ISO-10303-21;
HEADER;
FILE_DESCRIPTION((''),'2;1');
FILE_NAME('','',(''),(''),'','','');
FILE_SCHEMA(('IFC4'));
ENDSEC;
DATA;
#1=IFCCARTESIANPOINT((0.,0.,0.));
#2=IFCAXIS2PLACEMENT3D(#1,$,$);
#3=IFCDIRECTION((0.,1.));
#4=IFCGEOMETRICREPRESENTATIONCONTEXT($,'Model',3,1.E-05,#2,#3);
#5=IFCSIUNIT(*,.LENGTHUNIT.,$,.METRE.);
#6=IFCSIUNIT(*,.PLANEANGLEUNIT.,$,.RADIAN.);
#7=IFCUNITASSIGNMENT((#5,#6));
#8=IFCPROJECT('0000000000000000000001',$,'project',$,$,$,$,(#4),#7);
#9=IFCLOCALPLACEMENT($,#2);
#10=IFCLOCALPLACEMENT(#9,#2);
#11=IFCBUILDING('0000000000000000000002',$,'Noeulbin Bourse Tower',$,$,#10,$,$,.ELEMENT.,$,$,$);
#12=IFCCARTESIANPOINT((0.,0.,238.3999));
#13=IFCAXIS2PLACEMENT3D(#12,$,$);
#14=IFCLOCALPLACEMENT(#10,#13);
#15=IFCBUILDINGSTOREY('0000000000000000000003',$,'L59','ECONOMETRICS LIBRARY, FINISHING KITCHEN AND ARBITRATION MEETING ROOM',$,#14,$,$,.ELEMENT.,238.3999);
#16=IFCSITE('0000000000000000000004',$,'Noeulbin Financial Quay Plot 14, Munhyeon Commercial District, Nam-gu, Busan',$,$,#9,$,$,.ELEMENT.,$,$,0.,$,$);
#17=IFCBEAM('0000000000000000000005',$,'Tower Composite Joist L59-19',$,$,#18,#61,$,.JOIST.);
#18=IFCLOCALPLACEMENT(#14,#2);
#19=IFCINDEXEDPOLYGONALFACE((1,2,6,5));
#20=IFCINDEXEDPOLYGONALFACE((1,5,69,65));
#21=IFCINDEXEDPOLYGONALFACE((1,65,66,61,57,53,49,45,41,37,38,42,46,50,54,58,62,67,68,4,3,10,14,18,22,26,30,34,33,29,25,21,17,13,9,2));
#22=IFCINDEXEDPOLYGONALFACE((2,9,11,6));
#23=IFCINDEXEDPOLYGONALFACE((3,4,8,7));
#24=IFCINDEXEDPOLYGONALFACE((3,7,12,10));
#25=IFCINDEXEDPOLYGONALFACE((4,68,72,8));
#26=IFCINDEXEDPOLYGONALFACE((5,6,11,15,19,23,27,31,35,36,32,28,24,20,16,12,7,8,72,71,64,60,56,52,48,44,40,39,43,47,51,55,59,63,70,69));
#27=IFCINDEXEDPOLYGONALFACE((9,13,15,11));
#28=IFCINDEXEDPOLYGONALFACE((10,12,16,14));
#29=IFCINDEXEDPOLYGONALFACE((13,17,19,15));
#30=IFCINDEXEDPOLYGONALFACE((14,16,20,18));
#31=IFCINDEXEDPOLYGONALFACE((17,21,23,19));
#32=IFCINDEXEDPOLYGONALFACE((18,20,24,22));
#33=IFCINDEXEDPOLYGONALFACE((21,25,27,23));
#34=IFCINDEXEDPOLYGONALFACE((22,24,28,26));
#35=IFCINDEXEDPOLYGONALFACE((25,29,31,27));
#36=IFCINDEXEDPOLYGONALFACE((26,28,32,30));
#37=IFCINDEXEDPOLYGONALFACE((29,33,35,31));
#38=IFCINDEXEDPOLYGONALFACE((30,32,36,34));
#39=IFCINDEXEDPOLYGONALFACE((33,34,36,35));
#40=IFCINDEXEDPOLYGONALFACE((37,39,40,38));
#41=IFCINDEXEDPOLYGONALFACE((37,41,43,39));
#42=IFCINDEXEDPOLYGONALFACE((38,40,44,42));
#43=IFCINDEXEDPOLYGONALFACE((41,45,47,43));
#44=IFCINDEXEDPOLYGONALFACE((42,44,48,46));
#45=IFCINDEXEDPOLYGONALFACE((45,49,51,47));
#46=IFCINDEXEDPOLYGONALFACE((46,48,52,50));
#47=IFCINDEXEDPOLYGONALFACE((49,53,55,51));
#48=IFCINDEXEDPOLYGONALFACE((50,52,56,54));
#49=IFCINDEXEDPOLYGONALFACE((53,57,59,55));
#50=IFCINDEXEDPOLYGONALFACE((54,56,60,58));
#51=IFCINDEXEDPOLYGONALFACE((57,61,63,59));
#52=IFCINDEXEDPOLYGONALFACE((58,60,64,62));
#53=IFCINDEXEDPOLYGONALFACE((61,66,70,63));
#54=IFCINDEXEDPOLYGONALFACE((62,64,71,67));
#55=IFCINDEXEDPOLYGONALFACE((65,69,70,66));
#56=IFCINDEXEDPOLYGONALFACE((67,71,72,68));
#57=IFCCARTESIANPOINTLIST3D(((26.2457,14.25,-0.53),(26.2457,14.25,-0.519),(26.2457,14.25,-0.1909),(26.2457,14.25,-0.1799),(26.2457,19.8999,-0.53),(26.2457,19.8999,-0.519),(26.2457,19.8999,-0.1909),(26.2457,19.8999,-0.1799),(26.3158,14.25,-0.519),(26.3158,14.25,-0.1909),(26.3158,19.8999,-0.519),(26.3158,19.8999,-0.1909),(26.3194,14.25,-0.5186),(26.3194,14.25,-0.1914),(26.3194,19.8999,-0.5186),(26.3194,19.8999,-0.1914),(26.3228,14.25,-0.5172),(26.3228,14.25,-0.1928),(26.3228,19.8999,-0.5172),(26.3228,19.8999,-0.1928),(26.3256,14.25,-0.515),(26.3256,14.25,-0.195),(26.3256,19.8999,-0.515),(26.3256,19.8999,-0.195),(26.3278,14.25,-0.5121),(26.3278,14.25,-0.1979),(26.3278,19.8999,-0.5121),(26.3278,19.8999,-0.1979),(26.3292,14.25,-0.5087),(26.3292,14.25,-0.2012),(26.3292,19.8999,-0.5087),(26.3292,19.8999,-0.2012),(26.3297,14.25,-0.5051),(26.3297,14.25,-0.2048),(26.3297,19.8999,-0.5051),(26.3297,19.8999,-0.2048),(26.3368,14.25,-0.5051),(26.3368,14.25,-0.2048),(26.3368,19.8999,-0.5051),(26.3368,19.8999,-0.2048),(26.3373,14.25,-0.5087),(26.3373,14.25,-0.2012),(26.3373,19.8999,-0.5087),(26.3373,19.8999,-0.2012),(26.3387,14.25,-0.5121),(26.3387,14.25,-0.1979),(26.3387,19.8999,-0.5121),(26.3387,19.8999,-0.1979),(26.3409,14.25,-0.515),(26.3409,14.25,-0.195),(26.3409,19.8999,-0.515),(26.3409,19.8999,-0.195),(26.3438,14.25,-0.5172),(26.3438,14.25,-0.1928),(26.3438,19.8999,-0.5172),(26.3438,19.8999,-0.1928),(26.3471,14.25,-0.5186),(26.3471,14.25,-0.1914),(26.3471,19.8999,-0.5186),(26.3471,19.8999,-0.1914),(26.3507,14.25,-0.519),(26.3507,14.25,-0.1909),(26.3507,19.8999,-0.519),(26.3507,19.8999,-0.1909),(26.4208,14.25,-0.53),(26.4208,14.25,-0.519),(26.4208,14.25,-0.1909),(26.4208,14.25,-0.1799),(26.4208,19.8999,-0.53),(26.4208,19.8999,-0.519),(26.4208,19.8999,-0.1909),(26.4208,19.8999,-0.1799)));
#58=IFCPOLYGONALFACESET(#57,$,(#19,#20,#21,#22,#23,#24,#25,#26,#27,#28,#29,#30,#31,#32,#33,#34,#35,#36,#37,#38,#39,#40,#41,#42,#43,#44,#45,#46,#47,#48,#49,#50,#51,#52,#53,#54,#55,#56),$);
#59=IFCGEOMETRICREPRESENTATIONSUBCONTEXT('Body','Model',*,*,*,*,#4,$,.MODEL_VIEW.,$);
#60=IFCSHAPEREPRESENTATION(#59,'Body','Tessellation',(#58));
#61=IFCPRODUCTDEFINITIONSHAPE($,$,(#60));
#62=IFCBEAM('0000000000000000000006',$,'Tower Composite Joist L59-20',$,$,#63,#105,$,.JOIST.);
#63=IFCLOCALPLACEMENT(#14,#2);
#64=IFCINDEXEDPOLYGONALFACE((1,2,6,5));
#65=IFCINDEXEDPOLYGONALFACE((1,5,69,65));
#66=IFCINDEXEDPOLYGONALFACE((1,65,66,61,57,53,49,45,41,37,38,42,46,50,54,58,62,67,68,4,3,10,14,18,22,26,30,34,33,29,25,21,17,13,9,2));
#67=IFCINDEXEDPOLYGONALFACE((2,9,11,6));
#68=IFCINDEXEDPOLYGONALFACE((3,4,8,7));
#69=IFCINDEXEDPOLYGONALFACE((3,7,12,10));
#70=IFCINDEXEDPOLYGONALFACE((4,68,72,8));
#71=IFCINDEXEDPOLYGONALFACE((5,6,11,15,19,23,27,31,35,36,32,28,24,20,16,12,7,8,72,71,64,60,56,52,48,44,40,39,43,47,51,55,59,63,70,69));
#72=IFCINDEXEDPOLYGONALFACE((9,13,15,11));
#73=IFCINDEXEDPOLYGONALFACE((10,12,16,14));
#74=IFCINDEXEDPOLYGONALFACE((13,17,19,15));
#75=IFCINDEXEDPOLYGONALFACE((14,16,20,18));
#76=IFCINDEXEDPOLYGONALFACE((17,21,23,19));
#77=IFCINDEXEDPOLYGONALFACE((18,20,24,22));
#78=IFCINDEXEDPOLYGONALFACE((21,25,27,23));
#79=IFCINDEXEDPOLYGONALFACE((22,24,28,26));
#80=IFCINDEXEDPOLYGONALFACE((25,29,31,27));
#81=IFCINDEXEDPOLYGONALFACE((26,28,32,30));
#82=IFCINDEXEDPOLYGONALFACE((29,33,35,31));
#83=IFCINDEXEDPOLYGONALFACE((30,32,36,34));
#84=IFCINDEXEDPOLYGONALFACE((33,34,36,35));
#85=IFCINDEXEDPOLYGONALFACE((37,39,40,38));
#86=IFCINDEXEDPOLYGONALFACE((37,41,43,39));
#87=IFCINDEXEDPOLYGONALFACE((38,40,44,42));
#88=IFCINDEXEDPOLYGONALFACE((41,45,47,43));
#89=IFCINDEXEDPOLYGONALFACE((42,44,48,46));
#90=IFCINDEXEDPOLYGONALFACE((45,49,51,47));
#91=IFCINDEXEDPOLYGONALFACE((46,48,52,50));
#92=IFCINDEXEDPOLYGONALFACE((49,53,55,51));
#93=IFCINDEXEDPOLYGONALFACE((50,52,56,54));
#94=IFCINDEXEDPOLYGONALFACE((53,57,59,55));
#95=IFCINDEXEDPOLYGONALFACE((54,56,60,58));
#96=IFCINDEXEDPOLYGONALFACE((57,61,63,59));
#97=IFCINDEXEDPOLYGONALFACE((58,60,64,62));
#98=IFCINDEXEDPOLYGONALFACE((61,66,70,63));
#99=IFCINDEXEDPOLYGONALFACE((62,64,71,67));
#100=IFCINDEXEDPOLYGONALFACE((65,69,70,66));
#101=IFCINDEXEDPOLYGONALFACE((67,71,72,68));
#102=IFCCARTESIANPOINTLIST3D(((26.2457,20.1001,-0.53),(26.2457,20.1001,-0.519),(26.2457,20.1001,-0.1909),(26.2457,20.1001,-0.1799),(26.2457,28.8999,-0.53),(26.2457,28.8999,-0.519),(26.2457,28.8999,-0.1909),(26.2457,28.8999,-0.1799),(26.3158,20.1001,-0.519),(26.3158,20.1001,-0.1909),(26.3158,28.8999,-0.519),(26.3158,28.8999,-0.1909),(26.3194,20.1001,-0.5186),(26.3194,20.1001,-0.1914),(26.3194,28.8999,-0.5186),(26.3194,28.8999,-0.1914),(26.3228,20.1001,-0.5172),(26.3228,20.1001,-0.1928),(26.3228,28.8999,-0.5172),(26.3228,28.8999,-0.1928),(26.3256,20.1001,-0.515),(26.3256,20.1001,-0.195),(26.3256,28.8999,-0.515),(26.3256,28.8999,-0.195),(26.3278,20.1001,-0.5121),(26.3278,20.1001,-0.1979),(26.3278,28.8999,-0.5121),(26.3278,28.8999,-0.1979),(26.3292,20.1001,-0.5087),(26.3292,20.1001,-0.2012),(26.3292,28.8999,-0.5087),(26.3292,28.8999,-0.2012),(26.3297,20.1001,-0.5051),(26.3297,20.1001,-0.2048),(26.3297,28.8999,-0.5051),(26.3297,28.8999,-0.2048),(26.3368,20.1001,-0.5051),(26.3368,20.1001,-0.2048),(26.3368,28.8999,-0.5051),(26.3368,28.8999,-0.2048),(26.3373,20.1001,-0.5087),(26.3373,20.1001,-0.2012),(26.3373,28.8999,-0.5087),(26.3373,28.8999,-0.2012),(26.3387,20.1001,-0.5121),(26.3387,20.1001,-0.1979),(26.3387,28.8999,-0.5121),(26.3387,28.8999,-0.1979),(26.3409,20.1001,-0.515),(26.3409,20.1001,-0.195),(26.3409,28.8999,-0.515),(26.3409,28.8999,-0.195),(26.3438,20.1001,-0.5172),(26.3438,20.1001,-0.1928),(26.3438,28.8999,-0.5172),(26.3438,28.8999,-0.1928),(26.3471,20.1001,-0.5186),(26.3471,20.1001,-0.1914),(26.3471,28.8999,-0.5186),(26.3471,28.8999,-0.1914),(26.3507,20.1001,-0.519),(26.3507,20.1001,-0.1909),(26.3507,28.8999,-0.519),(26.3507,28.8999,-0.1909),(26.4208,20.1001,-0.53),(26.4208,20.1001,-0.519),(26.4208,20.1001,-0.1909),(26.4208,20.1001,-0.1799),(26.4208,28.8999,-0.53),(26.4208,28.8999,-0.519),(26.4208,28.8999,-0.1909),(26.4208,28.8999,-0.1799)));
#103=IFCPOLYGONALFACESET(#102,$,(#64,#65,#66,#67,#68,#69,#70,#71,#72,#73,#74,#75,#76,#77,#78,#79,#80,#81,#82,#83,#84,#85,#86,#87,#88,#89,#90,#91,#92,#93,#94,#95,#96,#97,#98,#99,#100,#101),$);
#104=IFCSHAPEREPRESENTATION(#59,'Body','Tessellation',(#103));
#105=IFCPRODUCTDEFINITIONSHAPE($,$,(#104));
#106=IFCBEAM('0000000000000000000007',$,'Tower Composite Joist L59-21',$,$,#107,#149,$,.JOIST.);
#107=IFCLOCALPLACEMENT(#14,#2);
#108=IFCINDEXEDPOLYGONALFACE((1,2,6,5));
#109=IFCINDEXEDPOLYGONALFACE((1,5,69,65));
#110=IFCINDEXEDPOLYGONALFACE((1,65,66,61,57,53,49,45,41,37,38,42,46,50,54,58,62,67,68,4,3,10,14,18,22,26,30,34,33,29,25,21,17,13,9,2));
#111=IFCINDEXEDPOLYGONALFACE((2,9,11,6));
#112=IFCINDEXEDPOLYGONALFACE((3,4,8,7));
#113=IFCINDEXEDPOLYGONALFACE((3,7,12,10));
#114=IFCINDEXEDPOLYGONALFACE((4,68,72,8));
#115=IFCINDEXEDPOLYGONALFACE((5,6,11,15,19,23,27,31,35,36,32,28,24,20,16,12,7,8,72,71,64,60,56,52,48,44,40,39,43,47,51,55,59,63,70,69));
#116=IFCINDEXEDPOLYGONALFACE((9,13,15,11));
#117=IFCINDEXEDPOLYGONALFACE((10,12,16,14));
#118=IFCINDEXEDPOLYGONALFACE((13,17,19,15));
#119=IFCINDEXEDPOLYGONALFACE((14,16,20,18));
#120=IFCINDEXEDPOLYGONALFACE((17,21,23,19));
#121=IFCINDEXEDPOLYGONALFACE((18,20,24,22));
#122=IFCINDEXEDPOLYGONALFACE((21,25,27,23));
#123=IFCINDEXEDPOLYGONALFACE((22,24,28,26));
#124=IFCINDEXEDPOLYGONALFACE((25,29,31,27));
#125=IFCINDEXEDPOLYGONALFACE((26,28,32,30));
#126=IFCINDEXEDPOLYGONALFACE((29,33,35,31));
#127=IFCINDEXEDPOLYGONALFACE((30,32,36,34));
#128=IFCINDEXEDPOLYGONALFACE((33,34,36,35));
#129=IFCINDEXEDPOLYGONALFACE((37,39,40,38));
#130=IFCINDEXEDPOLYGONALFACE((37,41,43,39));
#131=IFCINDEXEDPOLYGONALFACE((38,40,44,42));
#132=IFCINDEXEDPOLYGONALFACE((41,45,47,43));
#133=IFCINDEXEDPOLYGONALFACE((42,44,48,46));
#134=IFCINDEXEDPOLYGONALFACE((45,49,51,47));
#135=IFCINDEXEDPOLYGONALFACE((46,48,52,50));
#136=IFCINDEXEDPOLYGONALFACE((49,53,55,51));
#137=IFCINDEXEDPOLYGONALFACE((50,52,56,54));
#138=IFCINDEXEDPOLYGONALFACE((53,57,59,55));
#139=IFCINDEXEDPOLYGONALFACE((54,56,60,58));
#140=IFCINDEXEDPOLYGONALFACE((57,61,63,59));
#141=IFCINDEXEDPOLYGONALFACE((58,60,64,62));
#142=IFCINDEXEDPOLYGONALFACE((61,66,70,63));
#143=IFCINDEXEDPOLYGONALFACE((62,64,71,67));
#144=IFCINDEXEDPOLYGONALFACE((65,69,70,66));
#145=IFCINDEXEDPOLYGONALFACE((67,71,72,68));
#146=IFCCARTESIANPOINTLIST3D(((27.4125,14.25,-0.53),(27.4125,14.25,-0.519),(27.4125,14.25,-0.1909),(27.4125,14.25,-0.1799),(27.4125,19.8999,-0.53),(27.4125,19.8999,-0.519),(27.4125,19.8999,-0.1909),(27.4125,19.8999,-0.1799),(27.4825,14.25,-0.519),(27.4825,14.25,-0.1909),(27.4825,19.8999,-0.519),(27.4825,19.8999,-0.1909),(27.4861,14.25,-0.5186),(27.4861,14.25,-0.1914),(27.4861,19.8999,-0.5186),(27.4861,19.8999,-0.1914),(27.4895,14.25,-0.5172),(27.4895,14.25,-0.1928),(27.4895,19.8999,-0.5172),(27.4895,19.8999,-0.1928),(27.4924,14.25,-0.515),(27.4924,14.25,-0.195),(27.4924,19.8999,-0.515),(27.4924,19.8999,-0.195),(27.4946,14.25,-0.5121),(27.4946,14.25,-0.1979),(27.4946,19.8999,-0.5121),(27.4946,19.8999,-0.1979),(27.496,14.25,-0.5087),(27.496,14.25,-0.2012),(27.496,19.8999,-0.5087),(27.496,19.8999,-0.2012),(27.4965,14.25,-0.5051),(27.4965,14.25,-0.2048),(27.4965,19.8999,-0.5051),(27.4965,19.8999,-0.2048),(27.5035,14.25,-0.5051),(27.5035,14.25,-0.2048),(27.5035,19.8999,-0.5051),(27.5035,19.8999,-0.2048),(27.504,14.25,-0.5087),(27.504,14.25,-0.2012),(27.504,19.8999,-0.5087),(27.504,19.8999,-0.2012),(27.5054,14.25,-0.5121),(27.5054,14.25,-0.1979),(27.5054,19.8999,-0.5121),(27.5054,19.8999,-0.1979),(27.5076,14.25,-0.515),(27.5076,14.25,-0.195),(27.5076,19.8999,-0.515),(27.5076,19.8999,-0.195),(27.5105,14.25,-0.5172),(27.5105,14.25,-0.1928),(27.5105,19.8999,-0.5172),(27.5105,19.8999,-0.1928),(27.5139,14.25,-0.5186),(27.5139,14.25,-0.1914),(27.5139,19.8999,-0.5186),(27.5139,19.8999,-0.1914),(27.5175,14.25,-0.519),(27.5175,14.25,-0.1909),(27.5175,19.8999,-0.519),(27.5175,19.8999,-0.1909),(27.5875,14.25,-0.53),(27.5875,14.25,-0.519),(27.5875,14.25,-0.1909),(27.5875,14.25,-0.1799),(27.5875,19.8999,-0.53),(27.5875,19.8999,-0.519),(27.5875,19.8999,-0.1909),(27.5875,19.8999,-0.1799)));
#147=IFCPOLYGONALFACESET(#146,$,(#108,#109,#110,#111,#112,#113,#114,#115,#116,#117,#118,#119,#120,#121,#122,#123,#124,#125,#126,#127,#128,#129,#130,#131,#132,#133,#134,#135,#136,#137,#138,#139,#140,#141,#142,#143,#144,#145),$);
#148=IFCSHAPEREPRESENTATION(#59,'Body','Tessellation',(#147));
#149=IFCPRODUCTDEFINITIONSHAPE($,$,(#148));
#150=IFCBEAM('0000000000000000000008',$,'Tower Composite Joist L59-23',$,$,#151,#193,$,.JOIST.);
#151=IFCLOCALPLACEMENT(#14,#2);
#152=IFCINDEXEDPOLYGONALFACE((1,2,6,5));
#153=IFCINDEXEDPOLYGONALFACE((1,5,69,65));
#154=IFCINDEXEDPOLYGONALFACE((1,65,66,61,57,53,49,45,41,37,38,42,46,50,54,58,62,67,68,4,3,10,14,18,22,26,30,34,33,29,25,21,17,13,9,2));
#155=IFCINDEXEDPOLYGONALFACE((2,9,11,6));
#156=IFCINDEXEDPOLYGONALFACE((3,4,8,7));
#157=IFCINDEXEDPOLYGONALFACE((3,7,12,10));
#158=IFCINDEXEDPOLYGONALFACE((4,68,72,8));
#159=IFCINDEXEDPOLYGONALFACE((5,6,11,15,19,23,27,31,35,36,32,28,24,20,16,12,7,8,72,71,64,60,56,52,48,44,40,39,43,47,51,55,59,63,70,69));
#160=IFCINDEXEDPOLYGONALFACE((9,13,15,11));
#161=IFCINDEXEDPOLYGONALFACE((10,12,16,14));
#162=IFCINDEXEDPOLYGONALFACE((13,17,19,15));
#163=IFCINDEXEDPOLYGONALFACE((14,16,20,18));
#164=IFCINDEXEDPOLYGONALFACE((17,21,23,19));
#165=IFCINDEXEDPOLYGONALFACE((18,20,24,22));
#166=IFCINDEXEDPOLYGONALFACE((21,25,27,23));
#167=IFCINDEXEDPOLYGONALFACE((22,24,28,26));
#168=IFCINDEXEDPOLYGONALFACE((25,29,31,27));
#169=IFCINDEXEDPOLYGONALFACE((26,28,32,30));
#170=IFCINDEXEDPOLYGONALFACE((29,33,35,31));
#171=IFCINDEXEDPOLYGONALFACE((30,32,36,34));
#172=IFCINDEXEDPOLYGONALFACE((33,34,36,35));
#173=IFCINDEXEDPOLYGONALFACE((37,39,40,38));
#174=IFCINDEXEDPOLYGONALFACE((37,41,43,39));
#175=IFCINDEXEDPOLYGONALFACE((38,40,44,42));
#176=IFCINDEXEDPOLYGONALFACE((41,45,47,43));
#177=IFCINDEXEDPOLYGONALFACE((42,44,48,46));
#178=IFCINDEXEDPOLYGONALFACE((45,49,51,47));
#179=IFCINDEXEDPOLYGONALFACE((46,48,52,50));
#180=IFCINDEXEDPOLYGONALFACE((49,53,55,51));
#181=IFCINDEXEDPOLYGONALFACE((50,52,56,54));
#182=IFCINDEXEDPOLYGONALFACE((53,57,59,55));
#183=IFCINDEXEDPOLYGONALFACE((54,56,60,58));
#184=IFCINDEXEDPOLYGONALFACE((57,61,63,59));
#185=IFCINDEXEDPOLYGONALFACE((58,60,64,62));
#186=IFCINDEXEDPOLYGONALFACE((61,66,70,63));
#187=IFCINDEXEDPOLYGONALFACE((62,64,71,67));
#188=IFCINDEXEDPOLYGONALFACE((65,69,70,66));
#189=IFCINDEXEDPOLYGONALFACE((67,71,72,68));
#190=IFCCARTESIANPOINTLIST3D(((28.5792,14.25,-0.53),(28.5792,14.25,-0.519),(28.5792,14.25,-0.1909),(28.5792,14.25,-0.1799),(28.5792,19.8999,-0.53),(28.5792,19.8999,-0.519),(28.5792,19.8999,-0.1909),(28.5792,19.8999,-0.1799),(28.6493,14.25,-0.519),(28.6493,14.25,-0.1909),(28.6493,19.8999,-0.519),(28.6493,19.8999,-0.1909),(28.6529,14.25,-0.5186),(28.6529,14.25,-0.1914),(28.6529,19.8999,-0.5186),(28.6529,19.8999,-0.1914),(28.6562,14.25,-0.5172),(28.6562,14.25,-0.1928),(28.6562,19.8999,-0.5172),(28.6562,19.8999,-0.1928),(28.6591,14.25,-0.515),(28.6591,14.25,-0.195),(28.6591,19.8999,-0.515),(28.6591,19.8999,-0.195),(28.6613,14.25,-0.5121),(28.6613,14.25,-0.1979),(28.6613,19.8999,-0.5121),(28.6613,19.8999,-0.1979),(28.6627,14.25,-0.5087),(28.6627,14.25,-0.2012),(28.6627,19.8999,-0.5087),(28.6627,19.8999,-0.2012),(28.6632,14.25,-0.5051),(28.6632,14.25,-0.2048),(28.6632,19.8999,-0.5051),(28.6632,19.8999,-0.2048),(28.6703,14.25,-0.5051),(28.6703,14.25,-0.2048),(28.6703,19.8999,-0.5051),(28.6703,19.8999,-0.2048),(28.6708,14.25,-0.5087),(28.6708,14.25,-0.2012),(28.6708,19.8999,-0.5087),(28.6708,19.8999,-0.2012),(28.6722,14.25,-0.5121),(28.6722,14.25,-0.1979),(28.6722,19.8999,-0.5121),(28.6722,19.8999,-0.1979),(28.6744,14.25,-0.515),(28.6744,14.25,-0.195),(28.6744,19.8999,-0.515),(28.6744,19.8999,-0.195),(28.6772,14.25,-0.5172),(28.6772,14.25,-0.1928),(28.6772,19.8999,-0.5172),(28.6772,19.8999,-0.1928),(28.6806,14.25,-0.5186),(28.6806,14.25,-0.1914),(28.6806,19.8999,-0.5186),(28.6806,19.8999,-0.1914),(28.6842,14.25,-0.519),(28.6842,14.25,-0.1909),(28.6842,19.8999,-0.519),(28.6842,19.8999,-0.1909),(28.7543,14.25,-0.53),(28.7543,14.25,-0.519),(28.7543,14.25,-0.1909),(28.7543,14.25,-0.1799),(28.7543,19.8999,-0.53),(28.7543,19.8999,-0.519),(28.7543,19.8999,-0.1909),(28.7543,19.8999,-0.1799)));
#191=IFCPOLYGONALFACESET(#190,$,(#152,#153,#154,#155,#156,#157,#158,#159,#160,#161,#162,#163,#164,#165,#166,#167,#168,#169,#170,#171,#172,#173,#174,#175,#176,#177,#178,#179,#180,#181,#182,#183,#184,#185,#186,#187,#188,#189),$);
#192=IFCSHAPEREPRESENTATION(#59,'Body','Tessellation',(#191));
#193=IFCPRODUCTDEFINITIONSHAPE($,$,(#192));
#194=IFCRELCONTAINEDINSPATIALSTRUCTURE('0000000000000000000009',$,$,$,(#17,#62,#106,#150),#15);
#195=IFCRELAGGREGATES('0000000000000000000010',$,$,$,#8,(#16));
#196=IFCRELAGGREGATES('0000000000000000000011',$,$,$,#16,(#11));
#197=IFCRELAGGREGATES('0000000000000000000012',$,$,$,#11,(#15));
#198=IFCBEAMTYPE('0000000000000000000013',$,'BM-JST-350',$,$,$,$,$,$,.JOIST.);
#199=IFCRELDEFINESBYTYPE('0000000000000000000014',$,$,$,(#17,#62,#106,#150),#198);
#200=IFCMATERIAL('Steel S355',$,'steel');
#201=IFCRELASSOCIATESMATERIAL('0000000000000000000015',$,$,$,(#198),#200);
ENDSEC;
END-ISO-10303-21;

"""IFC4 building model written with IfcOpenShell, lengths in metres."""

from ifc_helpers import new_model, si_unit, direction, frame, origin, origin_2d, place, context, subcontext, project, spatial, i_section, extrude, material, material_profile, profile_set, type_object, element, save


model = new_model("IFC4")

# Units and contexts
model_context = context("Model", 3, precision=1e-05, world=origin(), true_north=direction((0.0, 1.0)))
body_context = subcontext(model_context, "Body", "Model", "MODEL_VIEW")
ifc_project = project(units=[si_unit("LENGTHUNIT", "METRE"), si_unit("PLANEANGLEUNIT", "RADIAN")], contexts=[model_context])

# Site, building, storey
site_placement = place(None, origin())
site = spatial("IfcSite", under=ifc_project, at=site_placement, Name="Noeulbin Financial Quay Plot 14, Munhyeon Commercial District, Nam-gu, Busan", CompositionType="ELEMENT", RefElevation=0.0)
building_placement = place(site_placement, origin())
building = spatial("IfcBuilding", under=site, at=building_placement, Name="Noeulbin Bourse Tower", CompositionType="ELEMENT")
storey_placement = place(building_placement, frame((0.0, 0.0, 238.3999)))
storey = spatial("IfcBuildingStorey", under=building, at=storey_placement, Name="L59", Description="ECONOMETRICS LIBRARY, FINISHING KITCHEN AND ARBITRATION MEETING ROOM", CompositionType="ELEMENT", Elevation=238.3999)

# Shared definitions
ifc_material_1 = material(Name="Steel S355", Category="steel")

# Beams
ifc_material_profile_1 = material_profile(ifc_material_1, i_section(OverallWidth=0.175, OverallDepth=0.3501, WebThickness=0.0071, FlangeThickness=0.011, FilletRadius=0.0139, at=origin_2d()), Name="H-350x175x7x11", Category="LoadBearing")
ifc_profile_set_1 = profile_set([ifc_material_profile_1], Name="Steel S355")
beam_type_1 = type_object("IfcBeamType", Name="BM-JST-350", PredefinedType="JOIST", material=ifc_profile_set_1)
beam_1_placement = place(storey_placement, frame((26.3333, 14.25, -0.355), z_axis=(0.0, 1.0, 0.0), x_axis=(-1.0, 0.0, 0.0)))
element("IfcBeam", 1, at=beam_1_placement, inside=storey, type_object=beam_type_1, Name="Tower Composite Joist L59-19", PredefinedType="JOIST", context=body_context, shape_type="SweptSolid", body=[
    extrude(i_section(OverallWidth=0.175, OverallDepth=0.3501, WebThickness=0.0071, FlangeThickness=0.011, FilletRadius=0.0139, at=origin_2d()), origin(), (0.0, 0.0, 1.0), 5.6499),
])
beam_2_placement = place(storey_placement, frame((26.3333, 20.1001, -0.355), z_axis=(0.0, 1.0, 0.0), x_axis=(-1.0, 0.0, 0.0)))
element("IfcBeam", 2, at=beam_2_placement, inside=storey, type_object=beam_type_1, Name="Tower Composite Joist L59-20", PredefinedType="JOIST", context=body_context, shape_type="SweptSolid", body=[
    extrude(i_section(OverallWidth=0.175, OverallDepth=0.3501, WebThickness=0.0071, FlangeThickness=0.011, FilletRadius=0.0139, at=origin_2d()), origin(), (0.0, 0.0, 1.0), 8.7998),
])
for number, where, z_axis, x_axis, name in (
    (3, (27.5, 14.25, -0.355), (0.0, 1.0, 0.0), (-1.0, 0.0, 0.0), "Tower Composite Joist L59-21"),
    (4, (28.6667, 14.25, -0.355), (0.0, 1.0, 0.0), (-1.0, 0.0, 0.0), "Tower Composite Joist L59-23"),
):
    element("IfcBeam", number, at=place(storey_placement, frame(where, z_axis=z_axis, x_axis=x_axis)), inside=storey, type_object=beam_type_1, Name=name, PredefinedType="JOIST", context=body_context, shape_type="SweptSolid", body=[
        extrude(i_section(OverallWidth=0.175, OverallDepth=0.3501, WebThickness=0.0071, FlangeThickness=0.011, FilletRadius=0.0139, at=origin_2d()), origin(), (0.0, 0.0, 1.0), 5.6499),
    ])

save(model, "model.ifc")
